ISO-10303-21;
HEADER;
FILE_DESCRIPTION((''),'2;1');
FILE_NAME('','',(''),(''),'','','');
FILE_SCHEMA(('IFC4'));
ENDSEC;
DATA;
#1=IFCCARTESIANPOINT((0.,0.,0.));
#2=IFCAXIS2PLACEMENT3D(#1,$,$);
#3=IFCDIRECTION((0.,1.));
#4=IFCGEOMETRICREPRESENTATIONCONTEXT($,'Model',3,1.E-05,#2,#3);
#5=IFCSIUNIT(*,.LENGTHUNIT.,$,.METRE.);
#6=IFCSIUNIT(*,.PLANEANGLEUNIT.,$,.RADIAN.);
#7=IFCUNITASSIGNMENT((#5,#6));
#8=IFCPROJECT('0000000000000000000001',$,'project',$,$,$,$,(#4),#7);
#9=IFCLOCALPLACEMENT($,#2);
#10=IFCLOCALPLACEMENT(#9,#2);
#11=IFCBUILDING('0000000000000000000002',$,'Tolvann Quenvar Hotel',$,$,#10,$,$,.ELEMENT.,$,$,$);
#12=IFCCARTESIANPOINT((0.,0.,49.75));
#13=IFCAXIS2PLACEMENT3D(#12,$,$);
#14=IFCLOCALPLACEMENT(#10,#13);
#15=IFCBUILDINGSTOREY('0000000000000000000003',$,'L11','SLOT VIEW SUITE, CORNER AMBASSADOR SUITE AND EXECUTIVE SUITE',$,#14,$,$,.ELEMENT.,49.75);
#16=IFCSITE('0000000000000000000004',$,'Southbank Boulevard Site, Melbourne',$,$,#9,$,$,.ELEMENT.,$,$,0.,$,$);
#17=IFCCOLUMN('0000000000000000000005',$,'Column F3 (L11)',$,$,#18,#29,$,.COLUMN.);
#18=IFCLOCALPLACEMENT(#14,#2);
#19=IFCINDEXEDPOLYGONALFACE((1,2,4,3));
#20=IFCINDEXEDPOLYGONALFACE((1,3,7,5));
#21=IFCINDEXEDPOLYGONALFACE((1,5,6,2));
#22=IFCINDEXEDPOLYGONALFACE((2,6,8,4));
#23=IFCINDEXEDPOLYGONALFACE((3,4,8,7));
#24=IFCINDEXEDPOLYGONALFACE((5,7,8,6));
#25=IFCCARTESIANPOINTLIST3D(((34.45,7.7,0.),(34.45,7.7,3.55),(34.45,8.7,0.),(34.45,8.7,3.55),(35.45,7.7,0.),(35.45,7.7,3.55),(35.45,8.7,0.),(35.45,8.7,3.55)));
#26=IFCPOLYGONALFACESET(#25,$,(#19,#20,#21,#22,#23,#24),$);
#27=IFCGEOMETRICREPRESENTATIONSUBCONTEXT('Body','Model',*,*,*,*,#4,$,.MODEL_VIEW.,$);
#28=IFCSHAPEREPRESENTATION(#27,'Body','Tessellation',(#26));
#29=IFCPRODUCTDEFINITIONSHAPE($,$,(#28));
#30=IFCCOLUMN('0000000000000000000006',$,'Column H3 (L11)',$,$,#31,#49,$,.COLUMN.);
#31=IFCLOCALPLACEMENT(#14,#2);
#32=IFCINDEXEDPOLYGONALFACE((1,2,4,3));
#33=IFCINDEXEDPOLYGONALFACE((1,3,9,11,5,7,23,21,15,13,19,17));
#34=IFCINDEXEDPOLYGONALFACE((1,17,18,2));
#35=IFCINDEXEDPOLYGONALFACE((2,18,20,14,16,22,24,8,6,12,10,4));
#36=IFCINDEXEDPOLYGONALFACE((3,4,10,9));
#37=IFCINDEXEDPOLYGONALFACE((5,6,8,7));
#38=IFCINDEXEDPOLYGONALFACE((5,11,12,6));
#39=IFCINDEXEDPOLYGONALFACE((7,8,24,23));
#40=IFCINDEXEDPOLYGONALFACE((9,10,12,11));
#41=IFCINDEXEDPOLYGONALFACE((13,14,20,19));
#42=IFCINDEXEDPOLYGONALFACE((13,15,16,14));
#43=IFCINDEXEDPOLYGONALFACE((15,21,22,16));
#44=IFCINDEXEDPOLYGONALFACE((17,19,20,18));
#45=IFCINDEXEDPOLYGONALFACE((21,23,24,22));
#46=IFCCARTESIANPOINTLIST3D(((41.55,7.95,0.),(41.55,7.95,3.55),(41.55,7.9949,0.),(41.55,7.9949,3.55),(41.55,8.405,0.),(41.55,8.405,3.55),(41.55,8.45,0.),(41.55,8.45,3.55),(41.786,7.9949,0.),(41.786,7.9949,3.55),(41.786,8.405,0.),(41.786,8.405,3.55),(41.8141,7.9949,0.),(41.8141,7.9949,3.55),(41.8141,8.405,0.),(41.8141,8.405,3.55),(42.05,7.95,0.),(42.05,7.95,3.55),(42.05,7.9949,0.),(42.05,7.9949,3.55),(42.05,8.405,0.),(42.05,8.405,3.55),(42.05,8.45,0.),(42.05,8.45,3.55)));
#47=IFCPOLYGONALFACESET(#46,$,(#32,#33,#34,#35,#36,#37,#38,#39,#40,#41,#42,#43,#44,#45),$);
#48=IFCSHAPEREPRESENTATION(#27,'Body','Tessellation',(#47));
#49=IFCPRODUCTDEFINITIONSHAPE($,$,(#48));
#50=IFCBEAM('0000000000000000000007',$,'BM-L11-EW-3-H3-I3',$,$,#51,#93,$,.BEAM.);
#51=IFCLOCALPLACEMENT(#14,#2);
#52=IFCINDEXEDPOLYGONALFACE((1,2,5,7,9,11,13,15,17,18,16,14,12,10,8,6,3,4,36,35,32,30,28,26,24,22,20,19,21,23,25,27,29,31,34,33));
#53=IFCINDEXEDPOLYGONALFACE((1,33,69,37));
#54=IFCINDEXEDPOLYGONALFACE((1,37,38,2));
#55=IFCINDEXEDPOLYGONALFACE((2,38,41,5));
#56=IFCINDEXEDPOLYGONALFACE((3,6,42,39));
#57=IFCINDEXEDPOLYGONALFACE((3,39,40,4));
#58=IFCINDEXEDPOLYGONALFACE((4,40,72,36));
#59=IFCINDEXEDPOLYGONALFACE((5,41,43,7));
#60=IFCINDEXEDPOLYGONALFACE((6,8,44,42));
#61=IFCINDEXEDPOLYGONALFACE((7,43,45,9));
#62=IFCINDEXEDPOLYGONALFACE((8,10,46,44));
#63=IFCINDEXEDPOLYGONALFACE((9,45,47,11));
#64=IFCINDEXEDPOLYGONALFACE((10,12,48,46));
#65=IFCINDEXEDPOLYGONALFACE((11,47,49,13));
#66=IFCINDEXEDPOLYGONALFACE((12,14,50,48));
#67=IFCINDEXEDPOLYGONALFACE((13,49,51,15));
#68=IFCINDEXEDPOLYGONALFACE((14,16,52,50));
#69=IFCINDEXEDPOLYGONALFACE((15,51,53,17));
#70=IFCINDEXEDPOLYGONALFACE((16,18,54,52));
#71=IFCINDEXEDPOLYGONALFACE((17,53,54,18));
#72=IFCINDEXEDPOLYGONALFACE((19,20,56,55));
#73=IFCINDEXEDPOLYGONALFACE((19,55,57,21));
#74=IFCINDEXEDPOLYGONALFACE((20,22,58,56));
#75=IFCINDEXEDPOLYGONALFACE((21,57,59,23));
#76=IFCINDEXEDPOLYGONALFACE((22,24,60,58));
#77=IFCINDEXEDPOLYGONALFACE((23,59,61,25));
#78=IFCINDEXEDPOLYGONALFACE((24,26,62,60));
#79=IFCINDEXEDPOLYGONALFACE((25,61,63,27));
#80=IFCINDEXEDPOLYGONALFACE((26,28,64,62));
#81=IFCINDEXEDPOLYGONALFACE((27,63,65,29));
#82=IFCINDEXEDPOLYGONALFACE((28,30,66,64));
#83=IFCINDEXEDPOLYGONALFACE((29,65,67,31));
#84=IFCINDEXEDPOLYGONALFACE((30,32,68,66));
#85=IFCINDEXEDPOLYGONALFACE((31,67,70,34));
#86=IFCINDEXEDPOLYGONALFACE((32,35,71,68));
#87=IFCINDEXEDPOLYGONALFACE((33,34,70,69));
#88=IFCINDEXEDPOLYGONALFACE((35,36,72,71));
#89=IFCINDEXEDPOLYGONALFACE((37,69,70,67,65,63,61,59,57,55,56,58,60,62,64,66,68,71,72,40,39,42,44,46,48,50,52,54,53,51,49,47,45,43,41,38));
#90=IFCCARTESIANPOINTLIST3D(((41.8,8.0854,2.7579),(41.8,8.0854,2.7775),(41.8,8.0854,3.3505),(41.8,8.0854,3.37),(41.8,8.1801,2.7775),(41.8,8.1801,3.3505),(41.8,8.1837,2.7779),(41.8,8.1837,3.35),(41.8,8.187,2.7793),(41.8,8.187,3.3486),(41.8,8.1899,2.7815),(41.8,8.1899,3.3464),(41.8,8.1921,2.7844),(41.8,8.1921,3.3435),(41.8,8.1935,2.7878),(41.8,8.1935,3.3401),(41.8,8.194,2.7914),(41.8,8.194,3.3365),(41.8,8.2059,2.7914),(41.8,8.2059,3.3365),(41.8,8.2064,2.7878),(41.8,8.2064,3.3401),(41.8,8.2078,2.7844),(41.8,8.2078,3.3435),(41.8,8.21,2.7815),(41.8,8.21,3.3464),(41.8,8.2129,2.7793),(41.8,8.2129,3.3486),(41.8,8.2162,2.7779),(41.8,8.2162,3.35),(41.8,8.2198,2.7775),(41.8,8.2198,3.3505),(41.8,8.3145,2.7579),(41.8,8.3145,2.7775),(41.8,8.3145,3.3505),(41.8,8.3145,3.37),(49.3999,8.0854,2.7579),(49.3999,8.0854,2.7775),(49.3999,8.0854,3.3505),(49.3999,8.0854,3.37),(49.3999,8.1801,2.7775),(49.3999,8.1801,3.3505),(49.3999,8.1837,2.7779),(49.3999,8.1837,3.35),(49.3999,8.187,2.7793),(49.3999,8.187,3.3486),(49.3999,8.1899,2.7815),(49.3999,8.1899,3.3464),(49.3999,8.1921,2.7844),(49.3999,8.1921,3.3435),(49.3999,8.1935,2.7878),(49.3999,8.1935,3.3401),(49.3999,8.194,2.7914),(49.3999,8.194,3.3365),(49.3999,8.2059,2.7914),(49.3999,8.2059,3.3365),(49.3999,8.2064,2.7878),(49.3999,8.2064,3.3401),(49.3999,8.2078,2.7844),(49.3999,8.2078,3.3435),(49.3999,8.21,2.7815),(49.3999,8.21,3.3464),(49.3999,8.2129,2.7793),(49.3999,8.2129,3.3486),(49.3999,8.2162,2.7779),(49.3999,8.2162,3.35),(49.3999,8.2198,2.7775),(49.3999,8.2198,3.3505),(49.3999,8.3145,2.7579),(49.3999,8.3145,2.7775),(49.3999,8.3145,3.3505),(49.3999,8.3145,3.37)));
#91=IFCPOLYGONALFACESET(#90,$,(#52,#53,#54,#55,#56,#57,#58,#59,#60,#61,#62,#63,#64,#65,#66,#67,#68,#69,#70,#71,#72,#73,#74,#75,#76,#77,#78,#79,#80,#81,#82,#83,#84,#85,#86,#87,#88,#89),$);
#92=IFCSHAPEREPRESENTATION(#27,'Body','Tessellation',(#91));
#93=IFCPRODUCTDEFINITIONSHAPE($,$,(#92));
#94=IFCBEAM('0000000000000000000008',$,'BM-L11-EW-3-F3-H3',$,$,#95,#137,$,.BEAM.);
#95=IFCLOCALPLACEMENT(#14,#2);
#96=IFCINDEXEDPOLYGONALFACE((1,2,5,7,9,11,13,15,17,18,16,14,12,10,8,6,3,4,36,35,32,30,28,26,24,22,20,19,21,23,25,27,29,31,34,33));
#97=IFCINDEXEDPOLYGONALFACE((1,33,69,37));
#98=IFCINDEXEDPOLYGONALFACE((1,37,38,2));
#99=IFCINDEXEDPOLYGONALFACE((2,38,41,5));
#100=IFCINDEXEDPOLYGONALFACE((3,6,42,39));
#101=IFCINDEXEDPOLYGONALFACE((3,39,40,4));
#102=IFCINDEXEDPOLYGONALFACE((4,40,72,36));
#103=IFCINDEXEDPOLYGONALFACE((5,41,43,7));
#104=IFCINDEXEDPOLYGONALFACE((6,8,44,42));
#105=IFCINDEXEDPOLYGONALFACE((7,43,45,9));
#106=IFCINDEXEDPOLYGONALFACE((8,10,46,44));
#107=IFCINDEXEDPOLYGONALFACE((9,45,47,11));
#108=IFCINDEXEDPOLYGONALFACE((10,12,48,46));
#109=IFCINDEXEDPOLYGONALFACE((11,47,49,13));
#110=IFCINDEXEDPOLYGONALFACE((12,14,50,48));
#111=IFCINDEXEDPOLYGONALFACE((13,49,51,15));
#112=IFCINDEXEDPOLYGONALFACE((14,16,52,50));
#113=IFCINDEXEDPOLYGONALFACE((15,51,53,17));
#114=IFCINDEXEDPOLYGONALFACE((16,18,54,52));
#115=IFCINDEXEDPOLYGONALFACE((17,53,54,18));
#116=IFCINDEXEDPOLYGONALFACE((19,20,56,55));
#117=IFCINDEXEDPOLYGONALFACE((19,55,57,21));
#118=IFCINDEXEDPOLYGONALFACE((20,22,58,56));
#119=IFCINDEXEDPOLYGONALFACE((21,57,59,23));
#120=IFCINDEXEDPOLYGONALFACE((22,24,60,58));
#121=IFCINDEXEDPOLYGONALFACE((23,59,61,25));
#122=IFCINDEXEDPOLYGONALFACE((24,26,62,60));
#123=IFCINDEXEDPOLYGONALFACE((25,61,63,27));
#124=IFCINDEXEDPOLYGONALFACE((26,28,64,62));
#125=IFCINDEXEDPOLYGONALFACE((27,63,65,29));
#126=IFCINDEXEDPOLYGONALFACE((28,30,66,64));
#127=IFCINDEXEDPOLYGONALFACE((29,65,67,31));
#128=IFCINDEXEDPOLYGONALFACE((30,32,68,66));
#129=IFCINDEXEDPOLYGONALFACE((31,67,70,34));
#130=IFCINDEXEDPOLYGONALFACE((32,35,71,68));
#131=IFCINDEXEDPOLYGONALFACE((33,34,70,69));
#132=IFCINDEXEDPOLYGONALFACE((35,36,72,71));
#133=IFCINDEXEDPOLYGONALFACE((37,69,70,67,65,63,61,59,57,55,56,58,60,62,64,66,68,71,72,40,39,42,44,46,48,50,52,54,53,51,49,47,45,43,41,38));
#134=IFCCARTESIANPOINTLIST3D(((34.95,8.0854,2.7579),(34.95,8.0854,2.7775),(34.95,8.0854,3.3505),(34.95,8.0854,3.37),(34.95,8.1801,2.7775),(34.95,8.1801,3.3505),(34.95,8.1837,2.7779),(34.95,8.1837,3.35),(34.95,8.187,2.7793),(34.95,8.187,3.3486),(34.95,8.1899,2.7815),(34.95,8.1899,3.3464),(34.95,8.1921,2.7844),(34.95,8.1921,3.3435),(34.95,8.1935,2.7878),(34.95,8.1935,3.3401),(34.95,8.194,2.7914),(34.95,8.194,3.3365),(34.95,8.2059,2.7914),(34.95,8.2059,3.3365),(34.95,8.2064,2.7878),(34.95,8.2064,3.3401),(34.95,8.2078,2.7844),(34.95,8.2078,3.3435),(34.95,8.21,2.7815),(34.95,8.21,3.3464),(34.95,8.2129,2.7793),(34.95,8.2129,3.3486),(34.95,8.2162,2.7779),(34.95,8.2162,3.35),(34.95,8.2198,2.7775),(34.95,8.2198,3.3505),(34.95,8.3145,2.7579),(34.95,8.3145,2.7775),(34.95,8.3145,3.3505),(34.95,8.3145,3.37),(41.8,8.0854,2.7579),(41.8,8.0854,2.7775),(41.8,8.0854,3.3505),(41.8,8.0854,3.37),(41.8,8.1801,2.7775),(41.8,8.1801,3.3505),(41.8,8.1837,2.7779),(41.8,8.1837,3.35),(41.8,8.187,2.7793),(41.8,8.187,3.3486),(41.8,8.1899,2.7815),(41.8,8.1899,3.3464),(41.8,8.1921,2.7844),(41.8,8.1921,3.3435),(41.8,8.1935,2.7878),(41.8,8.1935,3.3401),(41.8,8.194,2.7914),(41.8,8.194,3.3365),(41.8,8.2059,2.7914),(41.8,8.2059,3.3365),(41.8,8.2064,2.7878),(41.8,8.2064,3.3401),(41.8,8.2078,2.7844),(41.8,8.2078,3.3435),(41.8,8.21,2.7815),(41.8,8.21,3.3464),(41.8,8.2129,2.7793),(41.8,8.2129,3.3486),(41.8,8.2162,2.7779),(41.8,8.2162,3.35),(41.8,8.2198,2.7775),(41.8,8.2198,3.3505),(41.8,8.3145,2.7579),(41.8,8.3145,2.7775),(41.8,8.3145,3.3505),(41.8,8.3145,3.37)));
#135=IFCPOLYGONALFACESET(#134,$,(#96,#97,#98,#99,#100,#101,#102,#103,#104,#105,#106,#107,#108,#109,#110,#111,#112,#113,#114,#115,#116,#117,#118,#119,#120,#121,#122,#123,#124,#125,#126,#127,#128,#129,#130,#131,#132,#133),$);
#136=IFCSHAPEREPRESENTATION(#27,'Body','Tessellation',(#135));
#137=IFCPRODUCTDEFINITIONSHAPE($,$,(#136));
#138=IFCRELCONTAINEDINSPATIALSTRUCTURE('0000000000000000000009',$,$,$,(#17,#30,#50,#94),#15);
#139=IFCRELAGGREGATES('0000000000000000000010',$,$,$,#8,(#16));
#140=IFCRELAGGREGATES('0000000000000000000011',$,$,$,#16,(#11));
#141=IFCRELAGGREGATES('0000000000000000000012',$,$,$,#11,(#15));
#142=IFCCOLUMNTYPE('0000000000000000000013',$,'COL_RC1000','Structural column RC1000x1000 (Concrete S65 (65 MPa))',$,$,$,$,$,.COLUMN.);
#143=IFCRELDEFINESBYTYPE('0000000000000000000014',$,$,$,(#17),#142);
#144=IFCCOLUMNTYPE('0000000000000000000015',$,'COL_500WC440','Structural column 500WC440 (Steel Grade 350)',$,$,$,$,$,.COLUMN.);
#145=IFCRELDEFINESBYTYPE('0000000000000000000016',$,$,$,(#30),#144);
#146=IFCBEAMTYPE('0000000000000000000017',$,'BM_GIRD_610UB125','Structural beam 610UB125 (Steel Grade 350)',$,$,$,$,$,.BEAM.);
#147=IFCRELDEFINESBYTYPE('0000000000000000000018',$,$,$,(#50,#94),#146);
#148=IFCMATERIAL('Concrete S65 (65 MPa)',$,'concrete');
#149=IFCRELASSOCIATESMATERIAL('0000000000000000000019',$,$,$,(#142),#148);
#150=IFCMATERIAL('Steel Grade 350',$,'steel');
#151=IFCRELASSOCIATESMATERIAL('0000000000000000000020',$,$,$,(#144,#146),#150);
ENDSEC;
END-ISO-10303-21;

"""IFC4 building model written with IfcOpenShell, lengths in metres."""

from ifc_helpers import new_model, si_unit, direction, frame, origin, origin_2d, place, context, subcontext, project, spatial, rectangle, i_section, extrude, source, transform, mapped, material, material_profile, profile_set, type_object, type_shapes, element, save


model = new_model("IFC4")

# Units and contexts
model_context = context("Model", 3, precision=1e-05, world=origin(), true_north=direction((0.0, 1.0)))
body_context = subcontext(model_context, "Body", "Model", "MODEL_VIEW")
ifc_project = project(units=[si_unit("LENGTHUNIT", "METRE"), si_unit("PLANEANGLEUNIT", "RADIAN")], contexts=[model_context])

# Site, building, storey
site_placement = place(None, origin())
site = spatial("IfcSite", under=ifc_project, at=site_placement, Name="Southbank Boulevard Site, Melbourne", CompositionType="ELEMENT", RefElevation=0.0)
building_placement = place(site_placement, origin())
building = spatial("IfcBuilding", under=site, at=building_placement, Name="Tolvann Quenvar Hotel", CompositionType="ELEMENT")
storey_placement = place(building_placement, frame((0.0, 0.0, 49.75)))
storey = spatial("IfcBuildingStorey", under=building, at=storey_placement, Name="L11", Description="SLOT VIEW SUITE, CORNER AMBASSADOR SUITE AND EXECUTIVE SUITE", CompositionType="ELEMENT", Elevation=49.75)

# Columns
ifc_material_1 = material(Name="Concrete S65 (65 MPa)", Category="concrete")
ifc_material_profile_1 = material_profile(ifc_material_1, rectangle(XDim=1.0, YDim=1.0, at=origin_2d()), Name="RC1000x1000")
ifc_profile_set_1 = profile_set([ifc_material_profile_1], Name="Concrete S65 (65 MPa)")
column_type_1 = type_object("IfcColumnType", Name="COL_RC1000", Description="Structural column RC1000x1000 (Concrete S65 (65 MPa))", PredefinedType="COLUMN", material=ifc_profile_set_1)
shared_shape_1 = source(origin(), body_context, "Body", "SweptSolid", [
    extrude(rectangle(XDim=1.0, YDim=1.0, at=origin_2d()), origin(), (0.0, 0.0, 1.0), 3.55),
])
type_shapes(column_type_1, [shared_shape_1])
column_1_placement = place(storey_placement, frame((34.95, 8.2, 0.0), z_axis=(0.0, 0.0, 1.0), x_axis=(1.0, 0.0, 0.0)))
element("IfcColumn", 1, at=column_1_placement, inside=storey, type_object=column_type_1, Name="Column F3 (L11)", PredefinedType="COLUMN", context=body_context, shape_type="MappedRepresentation", body=[
    mapped(shared_shape_1, transform((0.0, 0.0, 0.0), x_axis=(1.0, 0.0, 0.0), y_axis=(0.0, 1.0, 0.0), z_axis=(0.0, 0.0, 1.0), scale=1.0)),
])
ifc_material_2 = material(Name="Steel Grade 350", Category="steel")
ifc_material_profile_2 = material_profile(ifc_material_2, i_section(OverallWidth=0.5, OverallDepth=0.5, WebThickness=0.0281, FlangeThickness=0.0449, at=origin_2d()), Name="500WC440")
ifc_profile_set_2 = profile_set([ifc_material_profile_2], Name="Steel Grade 350")
column_type_2 = type_object("IfcColumnType", Name="COL_500WC440", Description="Structural column 500WC440 (Steel Grade 350)", PredefinedType="COLUMN", material=ifc_profile_set_2)
shared_shape_2 = source(origin(), body_context, "Body", "SweptSolid", [
    extrude(i_section(OverallWidth=0.5, OverallDepth=0.5, WebThickness=0.0281, FlangeThickness=0.0449, at=origin_2d()), origin(), (0.0, 0.0, 1.0), 3.55),
])
type_shapes(column_type_2, [shared_shape_2])
column_2_placement = place(storey_placement, frame((41.8, 8.2, 0.0), z_axis=(0.0, 0.0, 1.0), x_axis=(1.0, 0.0, 0.0)))
element("IfcColumn", 2, at=column_2_placement, inside=storey, type_object=column_type_2, Name="Column H3 (L11)", PredefinedType="COLUMN", context=body_context, shape_type="MappedRepresentation", body=[
    mapped(shared_shape_2, transform((0.0, 0.0, 0.0), x_axis=(1.0, 0.0, 0.0), y_axis=(0.0, 1.0, 0.0), z_axis=(0.0, 0.0, 1.0), scale=1.0)),
])

# Beams
ifc_material_profile_3 = material_profile(ifc_material_2, i_section(OverallWidth=0.229, OverallDepth=0.6121, WebThickness=0.012, FlangeThickness=0.0195, FilletRadius=0.0139, at=origin_2d()), Name="610UB125")
ifc_profile_set_3 = profile_set([ifc_material_profile_3], Name="Steel Grade 350")
beam_type_1 = type_object("IfcBeamType", Name="BM_GIRD_610UB125", Description="Structural beam 610UB125 (Steel Grade 350)", PredefinedType="BEAM", material=ifc_profile_set_3)
shared_shape_3 = source(origin(), body_context, "Body", "SweptSolid", [
    extrude(i_section(OverallWidth=0.229, OverallDepth=0.6121, WebThickness=0.012, FlangeThickness=0.0195, FilletRadius=0.0139, at=origin_2d()), origin(), (0.0, 0.0, 1.0), 7.5999),
])
beam_1_placement = place(storey_placement, frame((41.8, 8.2, 3.064), z_axis=(1.0, 0.0, 0.0), x_axis=(0.0, 1.0, 0.0)))
element("IfcBeam", 3, at=beam_1_placement, inside=storey, type_object=beam_type_1, Name="BM-L11-EW-3-H3-I3", PredefinedType="BEAM", context=body_context, shape_type="MappedRepresentation", body=[
    mapped(shared_shape_3, transform((0.0, 0.0, 0.0), x_axis=(1.0, 0.0, 0.0), y_axis=(0.0, 1.0, 0.0), z_axis=(0.0, 0.0, 1.0), scale=1.0)),
])
shared_shape_4 = source(origin(), body_context, "Body", "SweptSolid", [
    extrude(i_section(OverallWidth=0.229, OverallDepth=0.6121, WebThickness=0.012, FlangeThickness=0.0195, FilletRadius=0.0139, at=origin_2d()), origin(), (0.0, 0.0, 1.0), 6.8501),
])
type_shapes(beam_type_1, [shared_shape_3, shared_shape_4])
beam_2_placement = place(storey_placement, frame((34.95, 8.2, 3.064), z_axis=(1.0, 0.0, 0.0), x_axis=(0.0, 1.0, 0.0)))
element("IfcBeam", 4, at=beam_2_placement, inside=storey, type_object=beam_type_1, Name="BM-L11-EW-3-F3-H3", PredefinedType="BEAM", context=body_context, shape_type="MappedRepresentation", body=[
    mapped(shared_shape_4, transform((0.0, 0.0, 0.0), x_axis=(1.0, 0.0, 0.0), y_axis=(0.0, 1.0, 0.0), z_axis=(0.0, 0.0, 1.0), scale=1.0)),
])

save(model, "model.ifc")
